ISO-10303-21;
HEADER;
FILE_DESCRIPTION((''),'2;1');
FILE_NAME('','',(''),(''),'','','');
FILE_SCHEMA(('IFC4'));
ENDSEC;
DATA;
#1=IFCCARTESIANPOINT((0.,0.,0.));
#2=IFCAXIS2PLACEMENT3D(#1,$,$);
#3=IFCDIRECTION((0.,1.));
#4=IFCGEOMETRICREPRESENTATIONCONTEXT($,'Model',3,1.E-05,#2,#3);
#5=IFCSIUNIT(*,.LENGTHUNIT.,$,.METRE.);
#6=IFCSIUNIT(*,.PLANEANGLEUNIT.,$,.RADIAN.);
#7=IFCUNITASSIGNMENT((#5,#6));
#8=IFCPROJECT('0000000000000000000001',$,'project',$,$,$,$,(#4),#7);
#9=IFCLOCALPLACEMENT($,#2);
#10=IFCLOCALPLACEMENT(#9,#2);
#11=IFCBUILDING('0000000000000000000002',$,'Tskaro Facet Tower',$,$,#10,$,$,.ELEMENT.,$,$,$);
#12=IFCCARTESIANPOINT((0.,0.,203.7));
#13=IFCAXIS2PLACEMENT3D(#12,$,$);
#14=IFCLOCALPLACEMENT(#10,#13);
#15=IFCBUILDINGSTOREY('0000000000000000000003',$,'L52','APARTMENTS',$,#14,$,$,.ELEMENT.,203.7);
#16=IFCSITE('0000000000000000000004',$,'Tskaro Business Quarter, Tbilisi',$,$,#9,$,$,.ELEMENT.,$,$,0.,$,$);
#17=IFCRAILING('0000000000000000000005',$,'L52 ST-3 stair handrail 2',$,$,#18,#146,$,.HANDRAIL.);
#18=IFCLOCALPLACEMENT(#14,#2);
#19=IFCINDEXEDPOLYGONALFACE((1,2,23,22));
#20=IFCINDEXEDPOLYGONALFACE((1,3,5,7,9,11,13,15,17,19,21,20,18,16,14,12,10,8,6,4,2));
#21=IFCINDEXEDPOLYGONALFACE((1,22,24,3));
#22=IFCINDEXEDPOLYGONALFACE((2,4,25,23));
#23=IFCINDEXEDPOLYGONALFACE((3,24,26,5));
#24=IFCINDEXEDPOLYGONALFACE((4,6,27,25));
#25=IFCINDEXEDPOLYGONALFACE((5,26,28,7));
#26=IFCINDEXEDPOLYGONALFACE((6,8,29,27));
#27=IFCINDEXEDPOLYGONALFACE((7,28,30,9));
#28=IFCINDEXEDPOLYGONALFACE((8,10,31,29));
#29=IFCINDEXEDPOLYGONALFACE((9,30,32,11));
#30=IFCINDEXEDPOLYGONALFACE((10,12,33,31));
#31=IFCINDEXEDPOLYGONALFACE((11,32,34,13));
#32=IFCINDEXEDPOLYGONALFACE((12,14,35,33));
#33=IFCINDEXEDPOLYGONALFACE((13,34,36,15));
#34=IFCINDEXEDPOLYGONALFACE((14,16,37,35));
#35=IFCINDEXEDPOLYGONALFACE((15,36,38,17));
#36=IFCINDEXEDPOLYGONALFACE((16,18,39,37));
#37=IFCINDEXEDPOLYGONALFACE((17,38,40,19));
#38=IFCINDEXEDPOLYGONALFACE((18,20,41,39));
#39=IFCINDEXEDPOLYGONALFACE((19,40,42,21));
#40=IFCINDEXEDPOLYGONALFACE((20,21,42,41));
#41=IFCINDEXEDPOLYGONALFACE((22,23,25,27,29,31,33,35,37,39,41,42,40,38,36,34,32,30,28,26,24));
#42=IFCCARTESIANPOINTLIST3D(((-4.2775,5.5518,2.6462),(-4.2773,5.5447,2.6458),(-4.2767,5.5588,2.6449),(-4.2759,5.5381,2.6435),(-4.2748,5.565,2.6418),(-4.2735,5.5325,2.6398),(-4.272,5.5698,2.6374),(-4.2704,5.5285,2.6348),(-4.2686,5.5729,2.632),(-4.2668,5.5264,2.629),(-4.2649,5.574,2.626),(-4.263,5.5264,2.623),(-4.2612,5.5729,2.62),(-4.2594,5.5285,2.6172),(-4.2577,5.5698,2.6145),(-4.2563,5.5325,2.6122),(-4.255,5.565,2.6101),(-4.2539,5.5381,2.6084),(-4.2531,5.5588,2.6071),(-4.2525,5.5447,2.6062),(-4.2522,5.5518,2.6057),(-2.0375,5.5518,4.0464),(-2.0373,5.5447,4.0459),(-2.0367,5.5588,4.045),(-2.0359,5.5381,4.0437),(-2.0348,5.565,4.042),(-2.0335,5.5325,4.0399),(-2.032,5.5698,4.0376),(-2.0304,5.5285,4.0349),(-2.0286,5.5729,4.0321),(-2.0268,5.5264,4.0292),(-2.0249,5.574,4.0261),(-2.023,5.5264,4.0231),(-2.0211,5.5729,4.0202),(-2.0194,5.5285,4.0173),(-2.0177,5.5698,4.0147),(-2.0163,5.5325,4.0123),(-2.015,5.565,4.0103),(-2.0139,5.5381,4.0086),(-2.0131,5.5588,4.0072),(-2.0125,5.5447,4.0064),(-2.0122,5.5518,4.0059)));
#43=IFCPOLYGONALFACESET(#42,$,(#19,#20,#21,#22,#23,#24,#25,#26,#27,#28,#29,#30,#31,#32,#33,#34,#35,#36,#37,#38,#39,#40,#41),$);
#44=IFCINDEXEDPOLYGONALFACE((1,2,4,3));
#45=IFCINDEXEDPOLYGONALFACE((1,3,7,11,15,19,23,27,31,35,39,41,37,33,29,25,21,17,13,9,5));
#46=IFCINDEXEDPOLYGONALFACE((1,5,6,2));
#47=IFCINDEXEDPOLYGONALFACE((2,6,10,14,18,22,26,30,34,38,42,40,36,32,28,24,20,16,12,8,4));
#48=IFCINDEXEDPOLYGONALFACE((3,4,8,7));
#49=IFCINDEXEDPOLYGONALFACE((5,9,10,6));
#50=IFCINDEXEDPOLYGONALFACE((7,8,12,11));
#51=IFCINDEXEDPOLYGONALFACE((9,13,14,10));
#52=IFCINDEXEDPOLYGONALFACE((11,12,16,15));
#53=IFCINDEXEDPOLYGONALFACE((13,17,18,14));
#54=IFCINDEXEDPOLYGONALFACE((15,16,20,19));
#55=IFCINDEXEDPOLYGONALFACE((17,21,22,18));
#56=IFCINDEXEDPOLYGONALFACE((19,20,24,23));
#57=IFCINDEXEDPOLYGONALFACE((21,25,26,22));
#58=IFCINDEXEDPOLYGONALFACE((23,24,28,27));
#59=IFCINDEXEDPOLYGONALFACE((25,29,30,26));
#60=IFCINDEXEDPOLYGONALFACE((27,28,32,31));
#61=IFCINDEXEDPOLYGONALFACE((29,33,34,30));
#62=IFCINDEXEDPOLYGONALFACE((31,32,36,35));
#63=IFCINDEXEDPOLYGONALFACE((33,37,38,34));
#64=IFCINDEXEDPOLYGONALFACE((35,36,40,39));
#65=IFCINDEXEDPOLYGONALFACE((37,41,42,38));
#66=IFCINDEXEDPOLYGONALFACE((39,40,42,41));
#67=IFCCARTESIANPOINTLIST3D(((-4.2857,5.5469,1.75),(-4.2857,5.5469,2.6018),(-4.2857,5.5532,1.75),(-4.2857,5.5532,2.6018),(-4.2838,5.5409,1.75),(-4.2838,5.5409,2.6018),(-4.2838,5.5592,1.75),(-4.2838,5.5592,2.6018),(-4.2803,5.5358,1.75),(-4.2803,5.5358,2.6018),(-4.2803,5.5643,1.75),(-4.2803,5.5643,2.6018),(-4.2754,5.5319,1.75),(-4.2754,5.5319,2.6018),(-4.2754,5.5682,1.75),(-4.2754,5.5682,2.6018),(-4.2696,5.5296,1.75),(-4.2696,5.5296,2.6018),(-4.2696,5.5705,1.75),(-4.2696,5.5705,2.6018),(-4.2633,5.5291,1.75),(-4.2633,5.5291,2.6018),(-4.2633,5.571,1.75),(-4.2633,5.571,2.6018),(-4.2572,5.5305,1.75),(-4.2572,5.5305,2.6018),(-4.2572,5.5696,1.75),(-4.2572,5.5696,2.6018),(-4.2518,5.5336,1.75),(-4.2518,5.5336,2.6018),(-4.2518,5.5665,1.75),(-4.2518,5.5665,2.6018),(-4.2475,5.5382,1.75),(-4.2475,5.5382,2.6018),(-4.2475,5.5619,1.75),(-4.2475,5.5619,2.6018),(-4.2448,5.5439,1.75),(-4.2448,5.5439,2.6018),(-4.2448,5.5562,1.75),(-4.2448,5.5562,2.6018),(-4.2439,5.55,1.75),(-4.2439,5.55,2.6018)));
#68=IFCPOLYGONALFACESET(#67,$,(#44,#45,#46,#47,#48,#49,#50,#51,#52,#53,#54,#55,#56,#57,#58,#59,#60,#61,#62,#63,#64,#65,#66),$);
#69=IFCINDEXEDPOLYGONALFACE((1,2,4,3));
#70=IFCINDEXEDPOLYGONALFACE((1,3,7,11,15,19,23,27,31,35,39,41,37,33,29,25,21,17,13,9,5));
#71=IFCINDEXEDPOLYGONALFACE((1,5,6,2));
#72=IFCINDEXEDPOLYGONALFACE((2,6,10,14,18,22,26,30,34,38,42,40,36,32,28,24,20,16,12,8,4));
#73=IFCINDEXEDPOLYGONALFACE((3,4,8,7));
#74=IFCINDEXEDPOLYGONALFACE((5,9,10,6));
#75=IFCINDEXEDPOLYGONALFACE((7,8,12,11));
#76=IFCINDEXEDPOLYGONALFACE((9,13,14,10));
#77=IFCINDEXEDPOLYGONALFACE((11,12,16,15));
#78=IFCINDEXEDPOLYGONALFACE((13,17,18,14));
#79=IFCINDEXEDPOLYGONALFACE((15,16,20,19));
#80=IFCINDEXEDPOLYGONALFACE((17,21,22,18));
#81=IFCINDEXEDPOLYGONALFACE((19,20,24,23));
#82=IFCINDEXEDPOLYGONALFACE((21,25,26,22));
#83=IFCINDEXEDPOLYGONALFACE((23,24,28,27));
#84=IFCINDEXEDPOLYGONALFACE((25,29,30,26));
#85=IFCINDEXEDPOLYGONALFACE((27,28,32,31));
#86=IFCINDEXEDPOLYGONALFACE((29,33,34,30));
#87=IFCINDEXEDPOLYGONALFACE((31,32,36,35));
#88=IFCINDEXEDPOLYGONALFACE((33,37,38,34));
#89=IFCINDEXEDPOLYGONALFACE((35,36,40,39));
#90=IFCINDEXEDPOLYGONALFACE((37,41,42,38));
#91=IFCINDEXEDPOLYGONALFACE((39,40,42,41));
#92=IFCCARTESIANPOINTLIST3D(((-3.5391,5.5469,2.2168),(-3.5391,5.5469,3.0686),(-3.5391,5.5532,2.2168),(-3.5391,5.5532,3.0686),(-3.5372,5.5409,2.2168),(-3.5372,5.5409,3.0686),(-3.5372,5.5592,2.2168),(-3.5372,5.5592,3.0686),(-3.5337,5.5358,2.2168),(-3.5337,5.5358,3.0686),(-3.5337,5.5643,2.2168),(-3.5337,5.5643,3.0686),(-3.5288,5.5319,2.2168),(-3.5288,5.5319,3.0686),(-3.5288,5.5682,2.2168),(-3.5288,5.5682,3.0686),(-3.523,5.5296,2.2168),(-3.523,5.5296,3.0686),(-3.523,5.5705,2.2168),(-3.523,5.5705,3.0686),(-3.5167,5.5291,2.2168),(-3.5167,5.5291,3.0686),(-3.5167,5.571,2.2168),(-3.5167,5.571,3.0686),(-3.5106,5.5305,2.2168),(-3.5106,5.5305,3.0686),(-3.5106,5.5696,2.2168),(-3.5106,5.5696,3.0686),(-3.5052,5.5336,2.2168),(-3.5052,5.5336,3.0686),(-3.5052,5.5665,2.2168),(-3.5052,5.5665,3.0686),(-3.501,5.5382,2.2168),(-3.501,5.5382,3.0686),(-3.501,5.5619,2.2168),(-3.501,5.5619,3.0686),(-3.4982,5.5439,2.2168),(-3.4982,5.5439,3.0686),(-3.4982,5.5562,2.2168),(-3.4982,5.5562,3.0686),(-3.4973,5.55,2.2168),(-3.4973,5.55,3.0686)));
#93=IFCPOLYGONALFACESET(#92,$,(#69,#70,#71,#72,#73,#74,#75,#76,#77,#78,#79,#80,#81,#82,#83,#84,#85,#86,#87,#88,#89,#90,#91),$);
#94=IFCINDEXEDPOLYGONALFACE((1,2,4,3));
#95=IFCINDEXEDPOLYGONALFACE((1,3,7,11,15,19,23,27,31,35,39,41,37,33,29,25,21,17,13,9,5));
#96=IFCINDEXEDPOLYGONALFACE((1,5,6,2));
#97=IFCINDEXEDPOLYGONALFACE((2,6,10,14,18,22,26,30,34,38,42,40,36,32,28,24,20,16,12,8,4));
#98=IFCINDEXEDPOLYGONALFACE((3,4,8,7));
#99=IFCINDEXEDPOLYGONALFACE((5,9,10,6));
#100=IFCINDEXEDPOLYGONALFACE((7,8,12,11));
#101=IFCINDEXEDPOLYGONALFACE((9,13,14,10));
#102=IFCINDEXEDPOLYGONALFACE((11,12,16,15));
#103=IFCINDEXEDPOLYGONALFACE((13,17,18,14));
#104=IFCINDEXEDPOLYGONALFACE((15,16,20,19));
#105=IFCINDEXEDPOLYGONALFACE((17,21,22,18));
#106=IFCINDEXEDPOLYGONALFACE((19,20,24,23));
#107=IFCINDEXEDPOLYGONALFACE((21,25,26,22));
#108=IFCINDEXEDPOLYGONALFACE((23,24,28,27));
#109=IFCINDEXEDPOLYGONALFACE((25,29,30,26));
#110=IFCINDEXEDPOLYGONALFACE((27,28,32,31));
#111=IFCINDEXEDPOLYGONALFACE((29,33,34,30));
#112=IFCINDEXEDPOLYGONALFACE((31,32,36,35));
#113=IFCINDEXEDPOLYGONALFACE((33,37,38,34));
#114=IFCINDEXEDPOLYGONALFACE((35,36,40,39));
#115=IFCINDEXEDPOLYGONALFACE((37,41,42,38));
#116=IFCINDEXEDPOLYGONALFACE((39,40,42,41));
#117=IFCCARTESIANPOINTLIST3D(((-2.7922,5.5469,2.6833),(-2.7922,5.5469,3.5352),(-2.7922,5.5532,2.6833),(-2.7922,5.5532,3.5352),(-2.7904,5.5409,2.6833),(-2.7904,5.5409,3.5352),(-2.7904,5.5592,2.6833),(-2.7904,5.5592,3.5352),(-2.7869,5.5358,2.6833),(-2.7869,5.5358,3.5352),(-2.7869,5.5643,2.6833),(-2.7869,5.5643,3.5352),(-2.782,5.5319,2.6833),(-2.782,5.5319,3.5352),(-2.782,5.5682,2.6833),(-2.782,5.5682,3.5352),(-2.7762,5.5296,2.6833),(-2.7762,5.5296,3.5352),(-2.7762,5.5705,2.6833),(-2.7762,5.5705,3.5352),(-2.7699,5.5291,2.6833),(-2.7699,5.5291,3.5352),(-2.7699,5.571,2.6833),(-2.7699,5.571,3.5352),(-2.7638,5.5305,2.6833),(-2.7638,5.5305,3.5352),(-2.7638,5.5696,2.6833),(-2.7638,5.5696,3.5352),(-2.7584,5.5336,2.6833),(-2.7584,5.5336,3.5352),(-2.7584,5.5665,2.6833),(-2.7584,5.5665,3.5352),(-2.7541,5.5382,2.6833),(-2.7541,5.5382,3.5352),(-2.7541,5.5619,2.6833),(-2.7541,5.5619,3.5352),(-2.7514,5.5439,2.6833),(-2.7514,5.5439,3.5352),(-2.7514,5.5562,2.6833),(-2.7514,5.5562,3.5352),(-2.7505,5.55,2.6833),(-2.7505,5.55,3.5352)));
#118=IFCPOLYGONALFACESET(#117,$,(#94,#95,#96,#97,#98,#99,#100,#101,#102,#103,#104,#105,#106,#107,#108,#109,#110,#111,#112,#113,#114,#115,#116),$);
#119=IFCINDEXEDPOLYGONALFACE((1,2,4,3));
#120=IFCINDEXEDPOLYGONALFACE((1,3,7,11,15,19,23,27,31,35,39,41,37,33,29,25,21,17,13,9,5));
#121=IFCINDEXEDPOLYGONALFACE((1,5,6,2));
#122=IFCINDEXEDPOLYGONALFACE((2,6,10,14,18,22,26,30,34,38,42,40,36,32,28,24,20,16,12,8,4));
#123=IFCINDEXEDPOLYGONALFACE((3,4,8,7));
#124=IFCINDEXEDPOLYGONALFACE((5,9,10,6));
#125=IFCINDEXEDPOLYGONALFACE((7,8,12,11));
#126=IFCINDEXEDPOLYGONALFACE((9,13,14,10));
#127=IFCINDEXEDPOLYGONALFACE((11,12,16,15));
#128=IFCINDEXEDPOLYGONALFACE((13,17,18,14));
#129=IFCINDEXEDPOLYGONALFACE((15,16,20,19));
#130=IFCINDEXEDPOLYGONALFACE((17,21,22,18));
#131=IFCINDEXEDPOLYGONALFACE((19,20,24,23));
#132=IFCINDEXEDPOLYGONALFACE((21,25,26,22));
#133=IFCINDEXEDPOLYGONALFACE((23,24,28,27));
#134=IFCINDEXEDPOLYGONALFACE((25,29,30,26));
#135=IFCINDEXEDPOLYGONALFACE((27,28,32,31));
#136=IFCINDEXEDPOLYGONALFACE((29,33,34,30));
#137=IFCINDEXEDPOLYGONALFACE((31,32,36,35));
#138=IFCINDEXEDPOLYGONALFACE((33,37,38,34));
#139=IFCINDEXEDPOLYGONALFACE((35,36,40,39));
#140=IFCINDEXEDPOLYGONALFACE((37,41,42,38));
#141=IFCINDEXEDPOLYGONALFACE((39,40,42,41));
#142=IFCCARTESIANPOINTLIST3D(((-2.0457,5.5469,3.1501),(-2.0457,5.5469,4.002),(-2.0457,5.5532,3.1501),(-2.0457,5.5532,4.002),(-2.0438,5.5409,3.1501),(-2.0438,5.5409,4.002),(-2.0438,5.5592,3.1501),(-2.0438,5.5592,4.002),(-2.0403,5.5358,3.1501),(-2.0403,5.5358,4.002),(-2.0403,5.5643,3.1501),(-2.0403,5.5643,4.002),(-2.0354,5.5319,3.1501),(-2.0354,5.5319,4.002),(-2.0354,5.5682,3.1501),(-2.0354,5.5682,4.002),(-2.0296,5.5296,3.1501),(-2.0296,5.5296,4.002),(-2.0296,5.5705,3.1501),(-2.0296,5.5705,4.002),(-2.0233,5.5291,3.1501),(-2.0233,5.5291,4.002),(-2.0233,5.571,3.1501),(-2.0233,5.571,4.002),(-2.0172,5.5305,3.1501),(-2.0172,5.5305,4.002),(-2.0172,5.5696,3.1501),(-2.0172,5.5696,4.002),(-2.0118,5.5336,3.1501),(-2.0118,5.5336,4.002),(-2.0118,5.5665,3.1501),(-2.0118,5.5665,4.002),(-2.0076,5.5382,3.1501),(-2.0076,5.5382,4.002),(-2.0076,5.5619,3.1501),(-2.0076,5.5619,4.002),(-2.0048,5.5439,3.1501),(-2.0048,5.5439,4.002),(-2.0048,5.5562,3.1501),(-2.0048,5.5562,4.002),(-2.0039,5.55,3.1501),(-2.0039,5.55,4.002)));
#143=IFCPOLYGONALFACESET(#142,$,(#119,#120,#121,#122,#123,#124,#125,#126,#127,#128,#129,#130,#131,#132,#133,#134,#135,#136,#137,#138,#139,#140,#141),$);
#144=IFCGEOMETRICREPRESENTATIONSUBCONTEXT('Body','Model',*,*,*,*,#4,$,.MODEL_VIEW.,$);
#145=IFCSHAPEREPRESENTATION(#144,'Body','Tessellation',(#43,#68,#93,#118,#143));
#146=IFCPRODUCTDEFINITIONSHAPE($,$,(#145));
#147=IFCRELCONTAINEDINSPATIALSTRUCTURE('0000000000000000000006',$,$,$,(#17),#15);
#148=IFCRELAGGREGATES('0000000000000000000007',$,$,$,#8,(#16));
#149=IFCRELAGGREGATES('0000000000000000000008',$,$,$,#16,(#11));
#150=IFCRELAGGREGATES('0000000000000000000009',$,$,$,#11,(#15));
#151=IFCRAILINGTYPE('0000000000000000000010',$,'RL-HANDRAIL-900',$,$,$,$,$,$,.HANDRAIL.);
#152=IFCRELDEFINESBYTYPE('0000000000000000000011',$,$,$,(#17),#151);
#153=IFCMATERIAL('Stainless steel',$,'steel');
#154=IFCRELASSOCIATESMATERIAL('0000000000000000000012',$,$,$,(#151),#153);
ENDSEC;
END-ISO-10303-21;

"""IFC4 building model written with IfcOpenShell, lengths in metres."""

from ifc_helpers import new_model, si_unit, direction, frame, origin, origin_2d, place, context, subcontext, project, spatial, circle, extrude, material, type_object, element, save


model = new_model("IFC4")

# Units and contexts
model_context = context("Model", 3, precision=1e-05, world=origin(), true_north=direction((0.0, 1.0)))
body_context = subcontext(model_context, "Body", "Model", "MODEL_VIEW")
ifc_project = project(units=[si_unit("LENGTHUNIT", "METRE"), si_unit("PLANEANGLEUNIT", "RADIAN")], contexts=[model_context])

# Site, building, storey
site_placement = place(None, origin())
site = spatial("IfcSite", under=ifc_project, at=site_placement, Name="Tskaro Business Quarter, Tbilisi", CompositionType="ELEMENT", RefElevation=0.0)
building_placement = place(site_placement, origin())
building = spatial("IfcBuilding", under=site, at=building_placement, Name="Tskaro Facet Tower", CompositionType="ELEMENT")
storey_placement = place(building_placement, frame((0.0, 0.0, 203.7)))
storey = spatial("IfcBuildingStorey", under=building, at=storey_placement, Name="L52", Description="APARTMENTS", CompositionType="ELEMENT", Elevation=203.7)

# Railing
ifc_material_1 = material(Name="Stainless steel", Category="steel")
railing_type_1 = type_object("IfcRailingType", Name="RL-HANDRAIL-900", PredefinedType="HANDRAIL", material=ifc_material_1)
railing_1_placement = place(storey_placement, frame((-4.2649, 5.55, 1.75)))
element("IfcRailing", 1, at=railing_1_placement, inside=storey, type_object=railing_type_1, Name="L52 ST-3 stair handrail 2", PredefinedType="HANDRAIL", context=body_context, shape_type="SweptSolid", body=[
    extrude(circle(Radius=0.0239, at=origin_2d()), frame((0.0, 0.0, 0.876), z_axis=(0.847972, 0.0, 0.53004), x_axis=(0.0, 1.0, 0.0)), (0.0, 0.0, 1.0), 2.6416),
    extrude(circle(Radius=0.021, at=origin_2d()), origin(), (0.0, 0.0, 1.0), 0.8518),
    extrude(circle(Radius=0.021, at=origin_2d()), frame((0.7466, 0.0, 0.4668)), (0.0, 0.0, 1.0), 0.8518),
    extrude(circle(Radius=0.021, at=origin_2d()), frame((1.4934, 0.0, 0.9333)), (0.0, 0.0, 1.0), 0.8518),
    extrude(circle(Radius=0.021, at=origin_2d()), frame((2.24, 0.0, 1.4001)), (0.0, 0.0, 1.0), 0.8518),
])

save(model, "model.ifc")
